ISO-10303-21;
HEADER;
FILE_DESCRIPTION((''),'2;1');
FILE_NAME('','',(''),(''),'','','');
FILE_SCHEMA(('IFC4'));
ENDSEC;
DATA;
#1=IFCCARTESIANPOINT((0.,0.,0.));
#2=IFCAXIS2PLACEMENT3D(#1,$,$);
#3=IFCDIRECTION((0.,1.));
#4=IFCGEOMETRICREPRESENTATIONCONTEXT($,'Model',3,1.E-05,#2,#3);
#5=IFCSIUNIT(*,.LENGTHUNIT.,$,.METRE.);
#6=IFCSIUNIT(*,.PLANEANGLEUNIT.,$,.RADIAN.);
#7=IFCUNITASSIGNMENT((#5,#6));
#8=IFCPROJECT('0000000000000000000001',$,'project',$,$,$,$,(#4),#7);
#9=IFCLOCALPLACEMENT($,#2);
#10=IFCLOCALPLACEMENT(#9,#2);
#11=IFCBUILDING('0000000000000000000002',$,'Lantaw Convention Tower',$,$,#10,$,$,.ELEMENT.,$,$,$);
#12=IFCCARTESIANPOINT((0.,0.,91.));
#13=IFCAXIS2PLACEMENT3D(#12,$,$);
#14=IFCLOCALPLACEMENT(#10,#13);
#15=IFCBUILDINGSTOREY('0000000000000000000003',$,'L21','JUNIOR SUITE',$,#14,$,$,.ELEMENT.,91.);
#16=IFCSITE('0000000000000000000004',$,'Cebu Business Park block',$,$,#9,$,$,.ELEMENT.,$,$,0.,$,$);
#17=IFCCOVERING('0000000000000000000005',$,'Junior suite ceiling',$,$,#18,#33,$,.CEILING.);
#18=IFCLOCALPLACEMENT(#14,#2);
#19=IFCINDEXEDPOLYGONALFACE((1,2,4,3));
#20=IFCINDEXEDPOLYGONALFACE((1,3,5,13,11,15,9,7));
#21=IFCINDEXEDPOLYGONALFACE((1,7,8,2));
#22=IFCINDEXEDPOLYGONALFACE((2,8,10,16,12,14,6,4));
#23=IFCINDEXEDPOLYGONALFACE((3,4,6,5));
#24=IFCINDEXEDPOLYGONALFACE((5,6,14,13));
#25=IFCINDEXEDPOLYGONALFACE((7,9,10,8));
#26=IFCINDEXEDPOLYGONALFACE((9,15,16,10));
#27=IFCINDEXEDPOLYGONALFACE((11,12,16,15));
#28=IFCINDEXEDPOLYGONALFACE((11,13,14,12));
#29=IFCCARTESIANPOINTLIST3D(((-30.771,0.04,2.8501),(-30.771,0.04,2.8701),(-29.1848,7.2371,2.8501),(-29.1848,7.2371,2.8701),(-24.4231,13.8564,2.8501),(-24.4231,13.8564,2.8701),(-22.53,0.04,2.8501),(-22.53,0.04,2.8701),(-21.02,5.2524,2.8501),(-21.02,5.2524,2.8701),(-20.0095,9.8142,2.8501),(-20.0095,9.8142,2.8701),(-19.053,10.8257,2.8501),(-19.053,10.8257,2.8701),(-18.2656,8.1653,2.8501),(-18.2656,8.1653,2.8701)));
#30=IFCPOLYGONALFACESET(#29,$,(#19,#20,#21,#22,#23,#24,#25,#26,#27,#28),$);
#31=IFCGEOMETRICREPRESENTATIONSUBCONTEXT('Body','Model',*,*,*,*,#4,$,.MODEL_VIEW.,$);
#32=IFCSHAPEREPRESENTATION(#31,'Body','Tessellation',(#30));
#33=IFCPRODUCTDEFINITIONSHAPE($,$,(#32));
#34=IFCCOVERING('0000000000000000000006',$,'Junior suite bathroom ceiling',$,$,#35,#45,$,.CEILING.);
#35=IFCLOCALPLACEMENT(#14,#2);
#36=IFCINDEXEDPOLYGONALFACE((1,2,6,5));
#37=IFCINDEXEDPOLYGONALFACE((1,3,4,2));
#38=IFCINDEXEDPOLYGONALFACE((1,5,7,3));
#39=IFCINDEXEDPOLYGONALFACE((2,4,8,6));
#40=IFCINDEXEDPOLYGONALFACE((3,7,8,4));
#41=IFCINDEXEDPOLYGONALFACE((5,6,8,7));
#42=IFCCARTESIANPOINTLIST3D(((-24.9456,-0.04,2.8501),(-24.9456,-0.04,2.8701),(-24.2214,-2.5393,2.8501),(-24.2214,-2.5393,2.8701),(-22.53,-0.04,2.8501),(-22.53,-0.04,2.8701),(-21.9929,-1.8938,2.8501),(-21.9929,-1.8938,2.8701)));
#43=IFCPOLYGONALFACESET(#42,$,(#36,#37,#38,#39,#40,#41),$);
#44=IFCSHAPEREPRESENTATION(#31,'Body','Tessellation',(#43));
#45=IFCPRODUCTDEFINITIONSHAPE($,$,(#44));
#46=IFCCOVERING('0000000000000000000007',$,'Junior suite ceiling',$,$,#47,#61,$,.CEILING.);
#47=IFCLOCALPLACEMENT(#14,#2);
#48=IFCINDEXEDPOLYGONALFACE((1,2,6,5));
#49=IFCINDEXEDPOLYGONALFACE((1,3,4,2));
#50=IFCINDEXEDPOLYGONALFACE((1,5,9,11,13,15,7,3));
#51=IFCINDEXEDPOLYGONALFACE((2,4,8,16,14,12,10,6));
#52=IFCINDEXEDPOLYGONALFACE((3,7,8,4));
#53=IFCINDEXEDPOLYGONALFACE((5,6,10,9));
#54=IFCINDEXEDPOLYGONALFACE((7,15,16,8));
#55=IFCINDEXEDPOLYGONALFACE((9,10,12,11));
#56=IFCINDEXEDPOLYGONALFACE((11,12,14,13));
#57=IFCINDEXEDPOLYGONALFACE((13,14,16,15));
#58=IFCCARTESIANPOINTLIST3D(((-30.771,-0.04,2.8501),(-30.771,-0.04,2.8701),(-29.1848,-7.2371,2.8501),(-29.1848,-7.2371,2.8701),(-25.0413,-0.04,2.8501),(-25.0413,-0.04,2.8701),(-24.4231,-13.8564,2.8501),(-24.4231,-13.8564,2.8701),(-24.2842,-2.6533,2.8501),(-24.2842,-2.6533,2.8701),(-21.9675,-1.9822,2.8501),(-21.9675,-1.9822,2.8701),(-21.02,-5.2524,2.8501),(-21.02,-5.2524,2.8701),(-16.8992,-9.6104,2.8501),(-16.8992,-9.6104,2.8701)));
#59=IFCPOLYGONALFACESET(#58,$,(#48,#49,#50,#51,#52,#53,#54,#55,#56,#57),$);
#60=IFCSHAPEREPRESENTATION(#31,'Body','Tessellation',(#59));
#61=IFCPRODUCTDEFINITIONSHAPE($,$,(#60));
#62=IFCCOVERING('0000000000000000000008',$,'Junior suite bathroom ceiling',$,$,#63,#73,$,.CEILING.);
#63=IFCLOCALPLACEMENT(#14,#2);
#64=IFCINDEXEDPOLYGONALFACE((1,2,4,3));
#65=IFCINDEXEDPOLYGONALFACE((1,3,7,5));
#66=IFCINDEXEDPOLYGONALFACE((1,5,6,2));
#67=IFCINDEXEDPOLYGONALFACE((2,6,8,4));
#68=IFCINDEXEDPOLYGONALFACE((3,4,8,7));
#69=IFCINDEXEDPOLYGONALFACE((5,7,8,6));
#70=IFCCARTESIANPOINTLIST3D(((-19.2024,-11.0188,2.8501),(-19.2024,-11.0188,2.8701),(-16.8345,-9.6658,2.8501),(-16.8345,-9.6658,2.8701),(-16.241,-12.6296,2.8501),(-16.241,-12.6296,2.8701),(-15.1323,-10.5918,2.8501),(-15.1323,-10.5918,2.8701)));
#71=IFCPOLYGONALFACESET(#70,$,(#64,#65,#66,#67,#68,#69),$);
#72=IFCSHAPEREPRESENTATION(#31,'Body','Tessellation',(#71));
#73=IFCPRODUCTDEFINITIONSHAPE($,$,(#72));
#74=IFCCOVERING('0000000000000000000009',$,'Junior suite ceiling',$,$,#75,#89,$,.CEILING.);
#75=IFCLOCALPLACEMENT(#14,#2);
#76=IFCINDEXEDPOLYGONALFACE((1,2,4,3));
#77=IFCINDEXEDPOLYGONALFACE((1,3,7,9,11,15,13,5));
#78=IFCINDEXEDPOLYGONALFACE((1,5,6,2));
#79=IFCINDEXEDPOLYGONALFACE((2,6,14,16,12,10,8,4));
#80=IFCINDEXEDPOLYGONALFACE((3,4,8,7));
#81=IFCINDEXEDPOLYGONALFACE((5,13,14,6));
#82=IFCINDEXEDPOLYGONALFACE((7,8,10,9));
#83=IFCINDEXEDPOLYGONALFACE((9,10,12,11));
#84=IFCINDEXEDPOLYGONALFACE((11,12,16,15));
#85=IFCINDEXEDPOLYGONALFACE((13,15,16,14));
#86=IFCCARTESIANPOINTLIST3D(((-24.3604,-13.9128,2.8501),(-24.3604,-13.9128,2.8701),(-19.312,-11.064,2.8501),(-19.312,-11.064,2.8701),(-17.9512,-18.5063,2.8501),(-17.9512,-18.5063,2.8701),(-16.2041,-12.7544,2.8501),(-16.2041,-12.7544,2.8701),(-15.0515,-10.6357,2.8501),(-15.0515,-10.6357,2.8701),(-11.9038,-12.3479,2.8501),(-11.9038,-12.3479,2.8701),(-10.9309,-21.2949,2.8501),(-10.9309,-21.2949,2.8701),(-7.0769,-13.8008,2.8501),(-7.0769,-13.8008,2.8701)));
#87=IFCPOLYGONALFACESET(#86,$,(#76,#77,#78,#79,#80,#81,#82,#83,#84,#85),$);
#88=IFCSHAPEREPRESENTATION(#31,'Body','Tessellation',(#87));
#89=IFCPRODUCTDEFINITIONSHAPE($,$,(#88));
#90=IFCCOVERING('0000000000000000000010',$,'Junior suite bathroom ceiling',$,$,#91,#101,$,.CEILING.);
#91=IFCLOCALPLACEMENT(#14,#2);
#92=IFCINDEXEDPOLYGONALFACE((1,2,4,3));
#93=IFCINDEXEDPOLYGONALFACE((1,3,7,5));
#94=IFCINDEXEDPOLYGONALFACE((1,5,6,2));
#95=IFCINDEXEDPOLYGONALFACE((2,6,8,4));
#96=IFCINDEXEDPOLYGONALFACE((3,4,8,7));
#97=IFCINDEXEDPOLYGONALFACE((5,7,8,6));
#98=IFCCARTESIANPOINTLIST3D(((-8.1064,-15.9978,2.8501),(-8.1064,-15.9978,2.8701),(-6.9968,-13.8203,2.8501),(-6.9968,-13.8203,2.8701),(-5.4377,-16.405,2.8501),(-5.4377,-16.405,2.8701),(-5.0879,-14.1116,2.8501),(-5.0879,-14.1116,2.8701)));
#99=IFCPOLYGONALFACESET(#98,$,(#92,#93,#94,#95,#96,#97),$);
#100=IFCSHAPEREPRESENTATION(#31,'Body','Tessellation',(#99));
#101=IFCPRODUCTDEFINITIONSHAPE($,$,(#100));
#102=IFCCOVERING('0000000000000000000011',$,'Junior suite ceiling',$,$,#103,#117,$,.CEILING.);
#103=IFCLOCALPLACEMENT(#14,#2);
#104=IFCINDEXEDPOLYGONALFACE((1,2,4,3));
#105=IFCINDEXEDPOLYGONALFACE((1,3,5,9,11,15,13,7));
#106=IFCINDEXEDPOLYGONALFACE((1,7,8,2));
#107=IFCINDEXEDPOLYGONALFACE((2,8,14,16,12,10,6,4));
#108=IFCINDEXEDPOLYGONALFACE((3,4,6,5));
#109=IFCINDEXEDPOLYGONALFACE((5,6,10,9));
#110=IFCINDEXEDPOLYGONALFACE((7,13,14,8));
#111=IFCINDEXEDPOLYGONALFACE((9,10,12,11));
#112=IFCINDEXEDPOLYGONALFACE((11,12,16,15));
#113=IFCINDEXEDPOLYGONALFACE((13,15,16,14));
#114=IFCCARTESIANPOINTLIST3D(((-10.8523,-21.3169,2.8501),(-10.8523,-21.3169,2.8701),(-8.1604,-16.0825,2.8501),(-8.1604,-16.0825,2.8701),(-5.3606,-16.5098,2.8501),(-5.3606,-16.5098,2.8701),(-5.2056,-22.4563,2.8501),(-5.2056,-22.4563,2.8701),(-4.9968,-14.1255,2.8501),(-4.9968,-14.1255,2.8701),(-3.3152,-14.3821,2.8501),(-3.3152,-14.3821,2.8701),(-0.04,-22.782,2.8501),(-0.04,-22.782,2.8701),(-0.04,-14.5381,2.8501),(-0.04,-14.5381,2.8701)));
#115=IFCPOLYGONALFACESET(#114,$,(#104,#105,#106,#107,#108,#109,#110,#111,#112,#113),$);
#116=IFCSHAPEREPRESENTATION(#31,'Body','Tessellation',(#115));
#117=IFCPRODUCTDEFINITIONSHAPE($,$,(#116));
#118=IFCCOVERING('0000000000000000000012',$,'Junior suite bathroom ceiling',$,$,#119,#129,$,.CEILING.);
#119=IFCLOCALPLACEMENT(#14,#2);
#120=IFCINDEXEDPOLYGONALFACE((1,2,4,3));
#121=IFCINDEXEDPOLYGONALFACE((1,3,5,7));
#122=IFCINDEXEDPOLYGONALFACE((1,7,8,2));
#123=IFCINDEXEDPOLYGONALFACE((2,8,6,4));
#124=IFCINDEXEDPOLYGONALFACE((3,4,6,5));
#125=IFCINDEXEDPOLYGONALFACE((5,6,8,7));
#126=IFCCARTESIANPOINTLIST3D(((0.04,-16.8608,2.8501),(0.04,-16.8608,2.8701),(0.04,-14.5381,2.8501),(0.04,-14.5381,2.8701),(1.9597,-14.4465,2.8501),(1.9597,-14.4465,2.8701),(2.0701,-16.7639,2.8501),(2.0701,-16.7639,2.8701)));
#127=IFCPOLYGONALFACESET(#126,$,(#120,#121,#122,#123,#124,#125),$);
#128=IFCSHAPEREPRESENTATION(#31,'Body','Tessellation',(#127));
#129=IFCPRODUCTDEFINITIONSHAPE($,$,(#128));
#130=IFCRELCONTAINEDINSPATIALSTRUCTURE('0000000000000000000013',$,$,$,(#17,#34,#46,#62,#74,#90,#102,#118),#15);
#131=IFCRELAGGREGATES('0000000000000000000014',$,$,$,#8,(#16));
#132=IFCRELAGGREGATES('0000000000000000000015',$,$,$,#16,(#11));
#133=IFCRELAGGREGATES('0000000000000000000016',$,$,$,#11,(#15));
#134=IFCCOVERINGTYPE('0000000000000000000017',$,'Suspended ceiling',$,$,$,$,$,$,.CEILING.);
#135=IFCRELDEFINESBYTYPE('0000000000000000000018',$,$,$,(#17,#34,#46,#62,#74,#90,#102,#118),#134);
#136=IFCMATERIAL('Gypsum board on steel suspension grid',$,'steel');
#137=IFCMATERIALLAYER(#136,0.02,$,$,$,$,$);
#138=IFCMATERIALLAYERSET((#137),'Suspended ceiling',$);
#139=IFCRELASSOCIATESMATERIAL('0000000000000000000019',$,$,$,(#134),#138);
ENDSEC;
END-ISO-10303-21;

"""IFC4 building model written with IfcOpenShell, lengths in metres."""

from ifc_helpers import new_model, si_unit, direction, frame, origin, place, context, subcontext, project, spatial, polyline, outline, extrude, material, layer, layer_set, type_object, element, save


model = new_model("IFC4")

# Units and contexts
model_context = context("Model", 3, precision=1e-05, world=origin(), true_north=direction((0.0, 1.0)))
body_context = subcontext(model_context, "Body", "Model", "MODEL_VIEW")
ifc_project = project(units=[si_unit("LENGTHUNIT", "METRE"), si_unit("PLANEANGLEUNIT", "RADIAN")], contexts=[model_context])

# Site, building, storey
site_placement = place(None, origin())
site = spatial("IfcSite", under=ifc_project, at=site_placement, Name="Cebu Business Park block", CompositionType="ELEMENT", RefElevation=0.0)
building_placement = place(site_placement, origin())
building = spatial("IfcBuilding", under=site, at=building_placement, Name="Lantaw Convention Tower", CompositionType="ELEMENT")
storey_placement = place(building_placement, frame((0.0, 0.0, 91.0)))
storey = spatial("IfcBuildingStorey", under=building, at=storey_placement, Name="L21", Description="JUNIOR SUITE", CompositionType="ELEMENT", Elevation=91.0)

# Coverings
ifc_material_1 = material(Name="Gypsum board on steel suspension grid", Category="steel")
ifc_layer_1 = layer(ifc_material_1, 0.02)
ifc_layer_set_1 = layer_set([ifc_layer_1], Name="Suspended ceiling")
covering_type = type_object("IfcCoveringType", Name="Suspended ceiling", PredefinedType="CEILING", material=ifc_layer_set_1)
covering_1_placement = place(storey_placement, frame((0.0, 0.0, 2.8501)))
element("IfcCovering", 1, at=covering_1_placement, inside=storey, type_object=covering_type, Name="Junior suite ceiling", PredefinedType="CEILING", context=body_context, shape_type="SweptSolid", body=[
    extrude(outline(polyline([(-21.02, 5.2524), (-18.2656, 8.1653), (-20.0095, 9.8142), (-19.053, 10.8257), (-24.4231, 13.8564), (-29.1848, 7.2371), (-30.771, 0.04), (-22.53, 0.04), (-21.02, 5.2524)])), origin(), (0.0, 0.0, 1.0), 0.02),
])
covering_2_placement = place(storey_placement, frame((0.0, 0.0, 2.8501)))
element("IfcCovering", 2, at=covering_2_placement, inside=storey, type_object=covering_type, Name="Junior suite bathroom ceiling", PredefinedType="CEILING", context=body_context, shape_type="SweptSolid", body=[
    extrude(outline(polyline([(-22.53, -0.04), (-24.9456, -0.04), (-24.2214, -2.5393), (-21.9929, -1.8938), (-22.53, -0.04)])), origin(), (0.0, 0.0, 1.0), 0.02),
])
covering_3_placement = place(storey_placement, frame((0.0, 0.0, 2.8501)))
element("IfcCovering", 3, at=covering_3_placement, inside=storey, type_object=covering_type, Name="Junior suite ceiling", PredefinedType="CEILING", context=body_context, shape_type="SweptSolid", body=[
    extrude(outline(polyline([(-21.02, -5.2524), (-21.9675, -1.9822), (-24.2842, -2.6533), (-25.0413, -0.04), (-30.771, -0.04), (-29.1848, -7.2371), (-24.4231, -13.8564), (-16.8992, -9.6104), (-21.02, -5.2524)])), origin(), (0.0, 0.0, 1.0), 0.02),
])
covering_4_placement = place(storey_placement, frame((0.0, 0.0, 2.8501)))
element("IfcCovering", 4, at=covering_4_placement, inside=storey, type_object=covering_type, Name="Junior suite bathroom ceiling", PredefinedType="CEILING", context=body_context, shape_type="SweptSolid", body=[
    extrude(outline(polyline([(-16.8345, -9.6658), (-19.2024, -11.0188), (-16.241, -12.6296), (-15.1323, -10.5918), (-16.8345, -9.6658)])), origin(), (0.0, 0.0, 1.0), 0.02),
])
covering_5_placement = place(storey_placement, frame((0.0, 0.0, 2.8501)))
element("IfcCovering", 5, at=covering_5_placement, inside=storey, type_object=covering_type, Name="Junior suite ceiling", PredefinedType="CEILING", context=body_context, shape_type="SweptSolid", body=[
    extrude(outline(polyline([(-19.312, -11.064), (-24.3604, -13.9128), (-17.9512, -18.5063), (-10.9309, -21.2949), (-7.0769, -13.8008), (-11.9038, -12.3479), (-15.0515, -10.6357), (-16.2041, -12.7544), (-19.312, -11.064)])), origin(), (0.0, 0.0, 1.0), 0.02),
])
covering_6_placement = place(storey_placement, frame((0.0, 0.0, 2.8501)))
element("IfcCovering", 6, at=covering_6_placement, inside=storey, type_object=covering_type, Name="Junior suite bathroom ceiling", PredefinedType="CEILING", context=body_context, shape_type="SweptSolid", body=[
    extrude(outline(polyline([(-6.9968, -13.8203), (-8.1064, -15.9978), (-5.4377, -16.405), (-5.0879, -14.1116), (-6.9968, -13.8203)])), origin(), (0.0, 0.0, 1.0), 0.02),
])
covering_7_placement = place(storey_placement, frame((0.0, 0.0, 2.8501)))
element("IfcCovering", 7, at=covering_7_placement, inside=storey, type_object=covering_type, Name="Junior suite ceiling", PredefinedType="CEILING", context=body_context, shape_type="SweptSolid", body=[
    extrude(outline(polyline([(-3.3152, -14.3821), (-4.9968, -14.1255), (-5.3606, -16.5098), (-8.1604, -16.0825), (-10.8523, -21.3169), (-5.2056, -22.4563), (-0.04, -22.782), (-0.04, -14.5381), (-3.3152, -14.3821)])), origin(), (0.0, 0.0, 1.0), 0.02),
])
covering_8_placement = place(storey_placement, frame((0.0, 0.0, 2.8501)))
element("IfcCovering", 8, at=covering_8_placement, inside=storey, type_object=covering_type, Name="Junior suite bathroom ceiling", PredefinedType="CEILING", context=body_context, shape_type="SweptSolid", body=[
    extrude(outline(polyline([(0.04, -14.5381), (0.04, -16.8608), (2.0701, -16.7639), (1.9597, -14.4465), (0.04, -14.5381)])), origin(), (0.0, 0.0, 1.0), 0.02),
])

save(model, "model.ifc")
